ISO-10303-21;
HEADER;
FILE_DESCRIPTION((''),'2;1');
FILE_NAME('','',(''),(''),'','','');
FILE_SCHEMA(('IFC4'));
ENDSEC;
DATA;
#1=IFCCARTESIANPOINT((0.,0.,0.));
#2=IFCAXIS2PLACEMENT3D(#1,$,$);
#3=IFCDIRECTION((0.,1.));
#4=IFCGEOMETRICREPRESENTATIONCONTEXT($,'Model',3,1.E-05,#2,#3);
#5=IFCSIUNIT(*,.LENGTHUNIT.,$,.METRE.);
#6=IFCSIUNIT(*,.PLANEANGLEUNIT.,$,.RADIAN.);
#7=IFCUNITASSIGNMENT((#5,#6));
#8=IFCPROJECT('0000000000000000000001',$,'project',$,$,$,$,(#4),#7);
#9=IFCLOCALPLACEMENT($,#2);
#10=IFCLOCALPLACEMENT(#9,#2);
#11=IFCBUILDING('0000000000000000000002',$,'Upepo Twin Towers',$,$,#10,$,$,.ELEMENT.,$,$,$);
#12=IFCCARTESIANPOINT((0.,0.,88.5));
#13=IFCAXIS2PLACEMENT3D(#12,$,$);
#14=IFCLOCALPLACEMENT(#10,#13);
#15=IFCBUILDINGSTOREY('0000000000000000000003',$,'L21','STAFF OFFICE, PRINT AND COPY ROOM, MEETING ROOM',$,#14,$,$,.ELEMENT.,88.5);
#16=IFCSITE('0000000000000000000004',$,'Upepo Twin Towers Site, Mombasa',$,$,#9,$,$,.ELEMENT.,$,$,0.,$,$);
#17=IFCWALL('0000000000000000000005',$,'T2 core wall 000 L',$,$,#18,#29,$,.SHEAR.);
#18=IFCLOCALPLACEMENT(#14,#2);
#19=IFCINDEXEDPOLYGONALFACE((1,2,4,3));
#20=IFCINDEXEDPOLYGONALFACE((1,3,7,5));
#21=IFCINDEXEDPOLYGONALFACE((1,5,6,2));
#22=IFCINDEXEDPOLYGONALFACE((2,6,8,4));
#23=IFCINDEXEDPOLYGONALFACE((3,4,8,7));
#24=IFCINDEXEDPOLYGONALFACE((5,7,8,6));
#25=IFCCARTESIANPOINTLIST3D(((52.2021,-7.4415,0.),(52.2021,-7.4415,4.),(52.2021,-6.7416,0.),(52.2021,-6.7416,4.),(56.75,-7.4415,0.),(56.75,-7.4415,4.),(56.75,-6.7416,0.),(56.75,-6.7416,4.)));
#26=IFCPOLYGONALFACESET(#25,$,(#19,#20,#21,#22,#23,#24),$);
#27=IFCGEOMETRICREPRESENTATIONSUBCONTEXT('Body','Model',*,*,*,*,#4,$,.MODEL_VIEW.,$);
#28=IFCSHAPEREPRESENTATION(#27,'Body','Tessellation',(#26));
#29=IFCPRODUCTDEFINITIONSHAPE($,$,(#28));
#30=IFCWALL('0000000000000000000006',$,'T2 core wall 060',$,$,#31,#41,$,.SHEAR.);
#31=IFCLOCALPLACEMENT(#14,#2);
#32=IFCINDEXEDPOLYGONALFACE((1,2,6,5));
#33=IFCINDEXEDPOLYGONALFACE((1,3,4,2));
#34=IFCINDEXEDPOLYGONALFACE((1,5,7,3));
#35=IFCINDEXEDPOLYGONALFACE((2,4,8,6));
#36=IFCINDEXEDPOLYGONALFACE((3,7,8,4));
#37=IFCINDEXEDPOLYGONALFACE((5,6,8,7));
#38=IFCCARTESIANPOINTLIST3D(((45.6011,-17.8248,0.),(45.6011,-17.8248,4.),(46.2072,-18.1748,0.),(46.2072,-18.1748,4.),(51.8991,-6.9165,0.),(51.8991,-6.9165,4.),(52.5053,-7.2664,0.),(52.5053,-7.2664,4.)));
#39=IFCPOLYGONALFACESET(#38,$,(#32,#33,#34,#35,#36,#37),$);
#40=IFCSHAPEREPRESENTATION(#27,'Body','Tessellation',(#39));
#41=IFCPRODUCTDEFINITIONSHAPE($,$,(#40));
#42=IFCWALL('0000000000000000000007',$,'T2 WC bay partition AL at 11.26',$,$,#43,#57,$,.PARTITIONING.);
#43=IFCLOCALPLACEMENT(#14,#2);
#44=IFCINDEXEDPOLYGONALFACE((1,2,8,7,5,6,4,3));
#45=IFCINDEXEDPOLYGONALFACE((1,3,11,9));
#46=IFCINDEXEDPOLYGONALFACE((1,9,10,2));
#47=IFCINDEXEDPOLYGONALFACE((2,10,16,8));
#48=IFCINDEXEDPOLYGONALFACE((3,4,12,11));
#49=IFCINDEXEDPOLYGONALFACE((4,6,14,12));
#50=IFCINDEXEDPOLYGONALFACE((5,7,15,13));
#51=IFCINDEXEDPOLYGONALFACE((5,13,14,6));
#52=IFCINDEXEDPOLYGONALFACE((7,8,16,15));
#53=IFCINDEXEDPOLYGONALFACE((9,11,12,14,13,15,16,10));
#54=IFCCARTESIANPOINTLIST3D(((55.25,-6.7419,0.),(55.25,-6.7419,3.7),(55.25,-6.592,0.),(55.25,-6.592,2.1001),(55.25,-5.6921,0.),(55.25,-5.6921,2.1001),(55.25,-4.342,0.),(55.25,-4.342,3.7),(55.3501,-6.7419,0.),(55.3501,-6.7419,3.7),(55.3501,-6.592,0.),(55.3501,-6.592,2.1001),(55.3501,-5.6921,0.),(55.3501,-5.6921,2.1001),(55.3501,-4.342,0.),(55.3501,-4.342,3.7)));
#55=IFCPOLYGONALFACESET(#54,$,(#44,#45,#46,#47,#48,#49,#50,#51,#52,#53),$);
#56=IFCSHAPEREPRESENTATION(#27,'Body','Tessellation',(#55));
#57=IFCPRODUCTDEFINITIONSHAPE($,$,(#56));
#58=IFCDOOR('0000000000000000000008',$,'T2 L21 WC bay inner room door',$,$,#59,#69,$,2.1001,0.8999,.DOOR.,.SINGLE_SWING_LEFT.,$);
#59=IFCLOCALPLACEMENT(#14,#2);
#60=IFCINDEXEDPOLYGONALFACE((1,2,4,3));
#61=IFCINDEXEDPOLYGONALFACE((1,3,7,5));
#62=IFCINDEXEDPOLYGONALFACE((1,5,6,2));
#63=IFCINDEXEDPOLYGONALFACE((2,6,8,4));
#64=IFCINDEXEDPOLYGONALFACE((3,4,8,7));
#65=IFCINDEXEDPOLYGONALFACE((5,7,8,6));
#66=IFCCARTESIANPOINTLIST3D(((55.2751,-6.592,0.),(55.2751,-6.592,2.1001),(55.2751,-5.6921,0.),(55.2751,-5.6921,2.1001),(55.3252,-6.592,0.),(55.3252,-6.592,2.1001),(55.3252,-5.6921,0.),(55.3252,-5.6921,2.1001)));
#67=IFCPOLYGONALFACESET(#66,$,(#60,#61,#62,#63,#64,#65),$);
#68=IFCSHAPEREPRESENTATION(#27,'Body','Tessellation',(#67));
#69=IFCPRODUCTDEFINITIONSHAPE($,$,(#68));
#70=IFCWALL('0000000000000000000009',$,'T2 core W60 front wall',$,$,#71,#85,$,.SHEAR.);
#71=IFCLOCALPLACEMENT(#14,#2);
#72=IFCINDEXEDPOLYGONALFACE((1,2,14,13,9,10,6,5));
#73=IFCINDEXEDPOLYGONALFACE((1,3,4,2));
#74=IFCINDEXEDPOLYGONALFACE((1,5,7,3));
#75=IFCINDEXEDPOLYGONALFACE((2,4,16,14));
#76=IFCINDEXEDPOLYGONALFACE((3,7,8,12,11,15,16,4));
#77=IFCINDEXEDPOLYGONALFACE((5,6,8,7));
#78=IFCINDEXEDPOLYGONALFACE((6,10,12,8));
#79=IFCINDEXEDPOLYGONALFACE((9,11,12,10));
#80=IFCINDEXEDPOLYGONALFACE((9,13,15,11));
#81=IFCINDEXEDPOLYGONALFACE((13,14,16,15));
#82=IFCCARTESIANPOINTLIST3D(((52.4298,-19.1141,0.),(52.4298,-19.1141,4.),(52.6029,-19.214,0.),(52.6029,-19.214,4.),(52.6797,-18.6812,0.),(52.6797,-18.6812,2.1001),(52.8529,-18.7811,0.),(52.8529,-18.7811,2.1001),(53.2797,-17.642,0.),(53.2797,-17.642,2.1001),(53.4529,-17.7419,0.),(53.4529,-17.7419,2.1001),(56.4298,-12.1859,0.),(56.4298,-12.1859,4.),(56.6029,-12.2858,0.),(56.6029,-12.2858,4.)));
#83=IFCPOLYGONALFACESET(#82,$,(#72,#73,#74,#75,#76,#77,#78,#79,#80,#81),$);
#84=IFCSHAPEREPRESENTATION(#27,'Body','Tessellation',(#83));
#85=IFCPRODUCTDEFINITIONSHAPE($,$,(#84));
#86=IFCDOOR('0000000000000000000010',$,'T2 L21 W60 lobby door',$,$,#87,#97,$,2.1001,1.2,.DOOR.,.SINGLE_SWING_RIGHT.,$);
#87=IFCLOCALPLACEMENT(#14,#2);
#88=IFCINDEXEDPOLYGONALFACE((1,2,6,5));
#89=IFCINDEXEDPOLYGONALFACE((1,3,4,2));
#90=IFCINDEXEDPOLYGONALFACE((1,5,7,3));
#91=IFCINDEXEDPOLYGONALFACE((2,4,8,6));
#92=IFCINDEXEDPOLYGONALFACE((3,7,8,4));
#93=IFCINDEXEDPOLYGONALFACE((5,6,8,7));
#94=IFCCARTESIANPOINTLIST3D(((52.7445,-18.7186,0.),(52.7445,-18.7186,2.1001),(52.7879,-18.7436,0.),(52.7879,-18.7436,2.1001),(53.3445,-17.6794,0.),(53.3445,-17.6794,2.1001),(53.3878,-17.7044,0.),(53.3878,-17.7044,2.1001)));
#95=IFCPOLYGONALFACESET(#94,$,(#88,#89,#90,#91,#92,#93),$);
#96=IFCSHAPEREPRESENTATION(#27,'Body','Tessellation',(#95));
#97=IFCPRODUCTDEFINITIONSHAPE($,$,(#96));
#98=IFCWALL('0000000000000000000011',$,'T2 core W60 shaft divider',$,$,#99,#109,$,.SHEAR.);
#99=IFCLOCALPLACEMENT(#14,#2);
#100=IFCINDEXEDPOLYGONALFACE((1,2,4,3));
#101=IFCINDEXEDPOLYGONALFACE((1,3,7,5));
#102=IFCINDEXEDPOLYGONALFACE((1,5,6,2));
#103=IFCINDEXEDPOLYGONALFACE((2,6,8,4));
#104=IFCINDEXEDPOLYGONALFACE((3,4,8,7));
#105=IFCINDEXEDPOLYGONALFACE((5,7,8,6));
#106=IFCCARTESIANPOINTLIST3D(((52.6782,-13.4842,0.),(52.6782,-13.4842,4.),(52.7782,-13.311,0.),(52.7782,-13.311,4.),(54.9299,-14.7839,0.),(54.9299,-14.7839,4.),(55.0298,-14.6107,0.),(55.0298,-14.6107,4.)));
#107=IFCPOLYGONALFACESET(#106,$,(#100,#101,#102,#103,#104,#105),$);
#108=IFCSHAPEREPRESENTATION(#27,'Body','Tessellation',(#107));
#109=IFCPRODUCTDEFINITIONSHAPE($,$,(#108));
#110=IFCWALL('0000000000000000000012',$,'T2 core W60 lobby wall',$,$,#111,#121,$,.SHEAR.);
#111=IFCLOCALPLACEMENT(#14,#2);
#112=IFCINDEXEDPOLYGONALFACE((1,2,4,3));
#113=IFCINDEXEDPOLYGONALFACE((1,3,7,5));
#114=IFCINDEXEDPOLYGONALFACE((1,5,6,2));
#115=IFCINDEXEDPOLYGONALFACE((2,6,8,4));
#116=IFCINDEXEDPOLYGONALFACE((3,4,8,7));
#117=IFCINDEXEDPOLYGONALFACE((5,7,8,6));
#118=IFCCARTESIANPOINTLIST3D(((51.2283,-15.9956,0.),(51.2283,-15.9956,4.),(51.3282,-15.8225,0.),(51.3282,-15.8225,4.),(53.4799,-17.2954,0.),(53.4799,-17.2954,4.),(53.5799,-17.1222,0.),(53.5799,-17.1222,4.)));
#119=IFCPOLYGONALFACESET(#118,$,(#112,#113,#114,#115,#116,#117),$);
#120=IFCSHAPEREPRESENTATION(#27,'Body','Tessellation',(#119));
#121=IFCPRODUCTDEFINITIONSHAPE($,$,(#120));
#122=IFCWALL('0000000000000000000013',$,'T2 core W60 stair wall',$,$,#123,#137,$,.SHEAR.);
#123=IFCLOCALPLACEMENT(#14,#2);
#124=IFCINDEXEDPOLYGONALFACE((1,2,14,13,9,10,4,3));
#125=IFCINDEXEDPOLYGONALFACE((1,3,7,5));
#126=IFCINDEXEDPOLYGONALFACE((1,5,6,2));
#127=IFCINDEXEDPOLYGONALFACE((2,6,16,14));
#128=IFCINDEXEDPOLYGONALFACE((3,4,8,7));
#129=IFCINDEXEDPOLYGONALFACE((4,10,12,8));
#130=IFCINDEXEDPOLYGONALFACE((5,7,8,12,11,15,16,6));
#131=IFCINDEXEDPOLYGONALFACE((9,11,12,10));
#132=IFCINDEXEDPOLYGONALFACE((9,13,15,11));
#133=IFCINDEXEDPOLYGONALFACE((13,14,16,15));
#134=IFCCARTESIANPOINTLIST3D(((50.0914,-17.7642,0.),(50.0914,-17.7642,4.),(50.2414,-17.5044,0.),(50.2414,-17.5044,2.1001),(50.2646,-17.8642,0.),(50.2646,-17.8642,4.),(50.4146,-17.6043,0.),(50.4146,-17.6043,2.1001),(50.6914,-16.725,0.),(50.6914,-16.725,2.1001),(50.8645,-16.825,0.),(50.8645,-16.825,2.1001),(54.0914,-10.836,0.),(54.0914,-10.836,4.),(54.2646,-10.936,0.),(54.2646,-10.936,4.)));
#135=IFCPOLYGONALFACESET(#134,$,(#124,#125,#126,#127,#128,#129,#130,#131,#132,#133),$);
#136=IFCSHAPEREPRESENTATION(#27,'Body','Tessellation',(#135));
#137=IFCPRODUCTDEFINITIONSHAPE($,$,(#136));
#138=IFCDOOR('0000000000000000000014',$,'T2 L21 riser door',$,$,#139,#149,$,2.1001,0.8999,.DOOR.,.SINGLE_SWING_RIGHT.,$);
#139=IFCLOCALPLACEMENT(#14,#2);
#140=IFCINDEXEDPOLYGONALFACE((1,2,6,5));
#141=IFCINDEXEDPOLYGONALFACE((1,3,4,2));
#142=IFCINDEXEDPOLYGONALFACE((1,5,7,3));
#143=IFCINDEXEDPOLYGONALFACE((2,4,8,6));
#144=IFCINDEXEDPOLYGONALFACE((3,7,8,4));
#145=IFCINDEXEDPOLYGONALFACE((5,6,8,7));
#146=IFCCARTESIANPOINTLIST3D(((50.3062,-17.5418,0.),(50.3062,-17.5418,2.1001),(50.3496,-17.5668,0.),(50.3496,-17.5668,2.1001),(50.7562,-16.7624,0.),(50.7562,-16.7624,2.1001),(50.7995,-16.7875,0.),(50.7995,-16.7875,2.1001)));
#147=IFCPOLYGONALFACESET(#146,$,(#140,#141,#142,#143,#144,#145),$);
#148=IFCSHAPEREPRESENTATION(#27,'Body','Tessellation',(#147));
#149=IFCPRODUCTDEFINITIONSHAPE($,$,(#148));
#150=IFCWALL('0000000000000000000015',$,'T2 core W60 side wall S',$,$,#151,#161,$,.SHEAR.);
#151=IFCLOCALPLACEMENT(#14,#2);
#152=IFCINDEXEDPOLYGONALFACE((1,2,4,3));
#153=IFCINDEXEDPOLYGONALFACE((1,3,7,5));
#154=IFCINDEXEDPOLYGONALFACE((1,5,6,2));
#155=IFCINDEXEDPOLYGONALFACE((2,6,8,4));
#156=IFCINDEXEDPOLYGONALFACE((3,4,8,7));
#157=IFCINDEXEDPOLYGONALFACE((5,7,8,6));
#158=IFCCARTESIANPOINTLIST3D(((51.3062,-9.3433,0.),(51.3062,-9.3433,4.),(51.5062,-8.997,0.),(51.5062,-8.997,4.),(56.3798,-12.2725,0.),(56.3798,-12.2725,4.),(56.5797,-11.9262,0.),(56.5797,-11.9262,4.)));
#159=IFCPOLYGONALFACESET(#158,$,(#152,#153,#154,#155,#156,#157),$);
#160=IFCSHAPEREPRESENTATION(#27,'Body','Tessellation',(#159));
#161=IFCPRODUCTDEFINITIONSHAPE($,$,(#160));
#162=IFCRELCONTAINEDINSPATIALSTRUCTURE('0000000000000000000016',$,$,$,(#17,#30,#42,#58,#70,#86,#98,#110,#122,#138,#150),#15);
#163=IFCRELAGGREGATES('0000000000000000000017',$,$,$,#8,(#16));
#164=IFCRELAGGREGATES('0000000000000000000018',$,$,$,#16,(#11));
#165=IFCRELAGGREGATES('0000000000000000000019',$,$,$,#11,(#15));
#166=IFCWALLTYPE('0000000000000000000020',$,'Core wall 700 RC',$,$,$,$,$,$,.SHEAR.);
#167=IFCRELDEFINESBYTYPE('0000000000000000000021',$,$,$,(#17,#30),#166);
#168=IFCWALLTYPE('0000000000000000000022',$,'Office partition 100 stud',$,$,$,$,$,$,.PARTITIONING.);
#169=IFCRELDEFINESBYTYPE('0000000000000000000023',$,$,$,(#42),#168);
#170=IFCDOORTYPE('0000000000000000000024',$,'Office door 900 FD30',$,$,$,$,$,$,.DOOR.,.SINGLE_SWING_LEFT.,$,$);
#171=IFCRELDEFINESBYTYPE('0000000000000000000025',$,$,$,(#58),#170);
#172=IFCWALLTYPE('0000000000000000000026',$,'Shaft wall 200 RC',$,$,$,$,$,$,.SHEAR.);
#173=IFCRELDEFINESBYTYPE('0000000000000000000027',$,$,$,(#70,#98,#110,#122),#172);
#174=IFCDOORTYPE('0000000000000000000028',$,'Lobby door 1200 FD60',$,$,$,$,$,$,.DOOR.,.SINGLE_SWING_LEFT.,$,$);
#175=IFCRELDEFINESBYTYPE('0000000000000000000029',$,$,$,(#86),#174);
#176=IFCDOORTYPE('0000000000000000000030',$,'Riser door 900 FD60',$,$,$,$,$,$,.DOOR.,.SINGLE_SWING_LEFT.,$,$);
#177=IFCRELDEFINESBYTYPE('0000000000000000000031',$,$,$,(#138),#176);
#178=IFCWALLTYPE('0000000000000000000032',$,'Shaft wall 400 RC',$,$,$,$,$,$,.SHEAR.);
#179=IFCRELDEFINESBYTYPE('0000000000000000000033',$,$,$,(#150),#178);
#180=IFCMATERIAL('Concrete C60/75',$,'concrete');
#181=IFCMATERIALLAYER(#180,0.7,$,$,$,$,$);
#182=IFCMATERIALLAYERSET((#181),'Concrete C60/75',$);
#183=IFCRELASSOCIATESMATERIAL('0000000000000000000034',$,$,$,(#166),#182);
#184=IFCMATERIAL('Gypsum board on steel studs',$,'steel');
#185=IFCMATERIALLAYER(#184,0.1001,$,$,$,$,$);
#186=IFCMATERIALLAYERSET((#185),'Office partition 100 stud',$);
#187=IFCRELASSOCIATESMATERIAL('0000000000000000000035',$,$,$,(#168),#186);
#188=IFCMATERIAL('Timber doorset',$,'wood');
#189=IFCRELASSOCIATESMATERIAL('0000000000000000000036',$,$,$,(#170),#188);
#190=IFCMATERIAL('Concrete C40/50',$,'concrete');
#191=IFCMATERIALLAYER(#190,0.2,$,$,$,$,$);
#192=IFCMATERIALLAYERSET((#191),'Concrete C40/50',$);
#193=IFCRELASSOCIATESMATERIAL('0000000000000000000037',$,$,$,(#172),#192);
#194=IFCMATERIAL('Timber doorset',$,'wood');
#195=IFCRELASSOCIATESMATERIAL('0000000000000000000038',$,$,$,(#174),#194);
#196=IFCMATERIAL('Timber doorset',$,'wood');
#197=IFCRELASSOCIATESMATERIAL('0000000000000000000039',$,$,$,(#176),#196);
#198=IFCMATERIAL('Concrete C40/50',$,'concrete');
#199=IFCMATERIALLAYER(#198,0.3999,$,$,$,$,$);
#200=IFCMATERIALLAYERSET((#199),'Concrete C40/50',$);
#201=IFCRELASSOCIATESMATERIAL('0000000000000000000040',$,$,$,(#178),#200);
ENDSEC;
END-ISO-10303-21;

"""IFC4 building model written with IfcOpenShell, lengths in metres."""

from ifc_helpers import new_model, si_unit, direction, frame, frame_2d, origin, place, context, subcontext, project, spatial, rectangle, extrude, material, layer, layer_set, type_object, element, fill, save


model = new_model("IFC4")

# Units and contexts
model_context = context("Model", 3, precision=1e-05, world=origin(), true_north=direction((0.0, 1.0)))
body_context = subcontext(model_context, "Body", "Model", "MODEL_VIEW")
ifc_project = project(units=[si_unit("LENGTHUNIT", "METRE"), si_unit("PLANEANGLEUNIT", "RADIAN")], contexts=[model_context])

# Site, building, storey
site_placement = place(None, origin())
site = spatial("IfcSite", under=ifc_project, at=site_placement, Name="Upepo Twin Towers Site, Mombasa", CompositionType="ELEMENT", RefElevation=0.0)
building_placement = place(site_placement, origin())
building = spatial("IfcBuilding", under=site, at=building_placement, Name="Upepo Twin Towers", CompositionType="ELEMENT")
storey_placement = place(building_placement, frame((0.0, 0.0, 88.5)))
storey = spatial("IfcBuildingStorey", under=building, at=storey_placement, Name="L21", Description="STAFF OFFICE, PRINT AND COPY ROOM, MEETING ROOM", CompositionType="ELEMENT", Elevation=88.5)

# Walls
ifc_material_1 = material(Name="Concrete C60/75", Category="concrete")
ifc_layer_1 = layer(ifc_material_1, 0.7)
ifc_layer_set_1 = layer_set([ifc_layer_1], Name="Concrete C60/75")
wall_type_1 = type_object("IfcWallType", Name="Core wall 700 RC", PredefinedType="SHEAR", material=ifc_layer_set_1)
wall_1_placement = place(storey_placement, frame((56.75, -7.0916, 0.0), z_axis=(0.0, 0.0, 1.0), x_axis=(-1.0, 0.0, 0.0)))
element("IfcWall", 1, at=wall_1_placement, inside=storey, type_object=wall_type_1, Name="T2 core wall 000 L", PredefinedType="SHEAR", context=body_context, shape_type="SweptSolid", body=[
    extrude(rectangle(XDim=4.5479, YDim=0.7, at=frame_2d((2.2739, 0.0))), origin(), (0.0, 0.0, 1.0), 4.0),
])
wall_2_placement = place(storey_placement, frame((52.2021, -7.0916, 0.0), z_axis=(0.0, 0.0, 1.0), x_axis=(-0.500006, -0.866022, 0.0)))
element("IfcWall", 2, at=wall_2_placement, inside=storey, type_object=wall_type_1, Name="T2 core wall 060", PredefinedType="SHEAR", context=body_context, shape_type="SweptSolid", body=[
    extrude(rectangle(XDim=12.5959, YDim=0.7, at=frame_2d((6.2979, 0.0))), origin(), (0.0, 0.0, 1.0), 4.0),
])

# Walls, openings, doors
ifc_material_2 = material(Name="Gypsum board on steel studs", Category="steel")
ifc_layer_2 = layer(ifc_material_2, 0.1001)
ifc_layer_set_2 = layer_set([ifc_layer_2], Name="Office partition 100 stud")
wall_type_2 = type_object("IfcWallType", Name="Office partition 100 stud", PredefinedType="PARTITIONING", material=ifc_layer_set_2)
wall_3_placement = place(storey_placement, frame((55.3, -6.7419, 0.0), z_axis=(0.0, 0.0, 1.0), x_axis=(0.0, 1.0, 0.0)))
wall_3 = element("IfcWall", 3, at=wall_3_placement, inside=storey, type_object=wall_type_2, Name="T2 WC bay partition AL at 11.26", PredefinedType="PARTITIONING", context=body_context, shape_type="SweptSolid", body=[
    extrude(rectangle(XDim=2.3999, YDim=0.1001, at=frame_2d((1.2, 0.0))), origin(), (0.0, 0.0, 1.0), 3.7),
])
opening_1_placement = place(wall_3_placement, frame((0.1499, 0.0, 0.0)))
opening_1 = element("IfcOpeningElement", 4, at=opening_1_placement, cuts=wall_3, PredefinedType="OPENING", context=body_context, shape_type="SweptSolid", body=[
    extrude(rectangle(XDim=0.8999, YDim=2.1001, at=frame_2d((0.45, 1.05))), frame((0.0, 0.0601, 0.0), z_axis=(0.0, -1.0, 0.0), x_axis=(1.0, 0.0, 0.0)), (0.0, 0.0, 1.0), 0.1201),
])
ifc_material_3 = material(Name="Timber doorset", Category="wood")
door_type_1 = type_object("IfcDoorType", Name="Office door 900 FD30", OperationType="SINGLE_SWING_LEFT", PredefinedType="DOOR", material=ifc_material_3)
door_1_placement = place(opening_1_placement, origin())
door_1 = element("IfcDoor", 5, at=door_1_placement, inside=storey, type_object=door_type_1, Name="T2 L21 WC bay inner room door", OperationType="SINGLE_SWING_LEFT", OverallHeight=2.1001, OverallWidth=0.8999, PredefinedType="DOOR", context=body_context, shape_type="SweptSolid", body=[
    extrude(rectangle(XDim=0.8999, YDim=2.1001, at=frame_2d((0.45, 1.05))), frame((0.0, 0.0249, 0.0), z_axis=(0.0, -1.0, 0.0), x_axis=(1.0, 0.0, 0.0)), (0.0, 0.0, 1.0), 0.05),
])
fill(opening_1, door_1)
ifc_material_4 = material(Name="Concrete C40/50", Category="concrete")
ifc_layer_3 = layer(ifc_material_4, 0.2)
ifc_layer_set_3 = layer_set([ifc_layer_3], Name="Concrete C40/50")
wall_type_3 = type_object("IfcWallType", Name="Shaft wall 200 RC", PredefinedType="SHEAR", material=ifc_layer_set_3)
wall_4_placement = place(storey_placement, frame((56.5164, -12.2358, 0.0), z_axis=(0.0, 0.0, 1.0), x_axis=(-0.499999, -0.866026, 0.0)))
wall_4 = element("IfcWall", 6, at=wall_4_placement, inside=storey, type_object=wall_type_3, Name="T2 core W60 front wall", PredefinedType="SHEAR", context=body_context, shape_type="SweptSolid", body=[
    extrude(rectangle(XDim=8.0, YDim=0.2, at=frame_2d((4.0, 0.0))), origin(), (0.0, 0.0, 1.0), 4.0),
])
opening_2_placement = place(wall_4_placement, frame((6.3, 0.0, 0.0)))
opening_2 = element("IfcOpeningElement", 7, at=opening_2_placement, cuts=wall_4, PredefinedType="OPENING", context=body_context, shape_type="SweptSolid", body=[
    extrude(rectangle(XDim=1.2, YDim=2.1001, at=frame_2d((0.6001, 1.05))), frame((0.0, 0.1099, 0.0), z_axis=(0.0, -1.0, 0.0), x_axis=(1.0, 0.0, 0.0)), (0.0, 0.0, 1.0), 0.22),
])
ifc_material_5 = material(Name="Timber doorset", Category="wood")
door_type_2 = type_object("IfcDoorType", Name="Lobby door 1200 FD60", OperationType="SINGLE_SWING_LEFT", PredefinedType="DOOR", material=ifc_material_5)
door_2_placement = place(opening_2_placement, origin())
door_2 = element("IfcDoor", 8, at=door_2_placement, inside=storey, type_object=door_type_2, Name="T2 L21 W60 lobby door", OperationType="SINGLE_SWING_RIGHT", OverallHeight=2.1001, OverallWidth=1.2, PredefinedType="DOOR", context=body_context, shape_type="SweptSolid", body=[
    extrude(rectangle(XDim=1.2, YDim=2.1001, at=frame_2d((0.6001, 1.05))), frame((0.0, 0.0249, 0.0), z_axis=(0.0, -1.0, 0.0), x_axis=(1.0, 0.0, 0.0)), (0.0, 0.0, 1.0), 0.05),
])
fill(opening_2, door_2)

# Walls
for number, where, z_axis, x_axis, name in (
    (9, (54.9797, -14.6973, 0.0), (0.0, 0.0, 1.0), (-0.866062, 0.499937, 0.0), "T2 core W60 shaft divider"),
    (10, (53.5298, -17.2087, 0.0), (0.0, 0.0, 1.0), (-0.866062, 0.499937, 0.0), "T2 core W60 lobby wall"),
):
    element("IfcWall", number, at=place(storey_placement, frame(where, z_axis=z_axis, x_axis=x_axis)), inside=storey, type_object=wall_type_3, Name=name, PredefinedType="SHEAR", context=body_context, shape_type="SweptSolid", body=[
        extrude(rectangle(XDim=2.5999, YDim=0.2, at=frame_2d((1.2998, 0.0))), origin(), (0.0, 0.0, 1.0), 4.0),
    ])

# Wall, opening, door
wall_5_placement = place(storey_placement, frame((54.178, -10.886, 0.0), z_axis=(0.0, 0.0, 1.0), x_axis=(-0.499999, -0.866026, 0.0)))
wall_5 = element("IfcWall", 11, at=wall_5_placement, inside=storey, type_object=wall_type_3, Name="T2 core W60 stair wall", PredefinedType="SHEAR", context=body_context, shape_type="SweptSolid", body=[
    extrude(rectangle(XDim=8.0, YDim=0.2, at=frame_2d((4.0, 0.0))), origin(), (0.0, 0.0, 1.0), 4.0),
])
opening_3_placement = place(wall_5_placement, frame((6.8, 0.0, 0.0)))
opening_3 = element("IfcOpeningElement", 12, at=opening_3_placement, cuts=wall_5, PredefinedType="OPENING", context=body_context, shape_type="SweptSolid", body=[
    extrude(rectangle(XDim=0.8999, YDim=2.1001, at=frame_2d((0.45, 1.05))), frame((0.0, 0.1099, 0.0), z_axis=(0.0, -1.0, 0.0), x_axis=(1.0, 0.0, 0.0)), (0.0, 0.0, 1.0), 0.22),
])
ifc_material_6 = material(Name="Timber doorset", Category="wood")
door_type_3 = type_object("IfcDoorType", Name="Riser door 900 FD60", OperationType="SINGLE_SWING_LEFT", PredefinedType="DOOR", material=ifc_material_6)
door_3_placement = place(opening_3_placement, origin())
door_3 = element("IfcDoor", 13, at=door_3_placement, inside=storey, type_object=door_type_3, Name="T2 L21 riser door", OperationType="SINGLE_SWING_RIGHT", OverallHeight=2.1001, OverallWidth=0.8999, PredefinedType="DOOR", context=body_context, shape_type="SweptSolid", body=[
    extrude(rectangle(XDim=0.8999, YDim=2.1001, at=frame_2d((0.45, 1.05))), frame((0.0, 0.0249, 0.0), z_axis=(0.0, -1.0, 0.0), x_axis=(1.0, 0.0, 0.0)), (0.0, 0.0, 1.0), 0.05),
])
fill(opening_3, door_3)

# Wall
ifc_material_7 = material(Name="Concrete C40/50", Category="concrete")
ifc_layer_4 = layer(ifc_material_7, 0.3999)
ifc_layer_set_4 = layer_set([ifc_layer_4], Name="Concrete C40/50")
wall_type_4 = type_object("IfcWallType", Name="Shaft wall 400 RC", PredefinedType="SHEAR", material=ifc_layer_set_4)
wall_6_placement = place(storey_placement, frame((56.4797, -12.0994, 0.0), z_axis=(0.0, 0.0, 1.0), x_axis=(-0.866024, 0.500003, 0.0)))
element("IfcWall", 14, at=wall_6_placement, inside=storey, type_object=wall_type_4, Name="T2 core W60 side wall S", PredefinedType="SHEAR", context=body_context, shape_type="SweptSolid", body=[
    extrude(rectangle(XDim=5.8584, YDim=0.3999, at=frame_2d((2.9292, 0.0))), origin(), (0.0, 0.0, 1.0), 4.0),
])

save(model, "model.ifc")
